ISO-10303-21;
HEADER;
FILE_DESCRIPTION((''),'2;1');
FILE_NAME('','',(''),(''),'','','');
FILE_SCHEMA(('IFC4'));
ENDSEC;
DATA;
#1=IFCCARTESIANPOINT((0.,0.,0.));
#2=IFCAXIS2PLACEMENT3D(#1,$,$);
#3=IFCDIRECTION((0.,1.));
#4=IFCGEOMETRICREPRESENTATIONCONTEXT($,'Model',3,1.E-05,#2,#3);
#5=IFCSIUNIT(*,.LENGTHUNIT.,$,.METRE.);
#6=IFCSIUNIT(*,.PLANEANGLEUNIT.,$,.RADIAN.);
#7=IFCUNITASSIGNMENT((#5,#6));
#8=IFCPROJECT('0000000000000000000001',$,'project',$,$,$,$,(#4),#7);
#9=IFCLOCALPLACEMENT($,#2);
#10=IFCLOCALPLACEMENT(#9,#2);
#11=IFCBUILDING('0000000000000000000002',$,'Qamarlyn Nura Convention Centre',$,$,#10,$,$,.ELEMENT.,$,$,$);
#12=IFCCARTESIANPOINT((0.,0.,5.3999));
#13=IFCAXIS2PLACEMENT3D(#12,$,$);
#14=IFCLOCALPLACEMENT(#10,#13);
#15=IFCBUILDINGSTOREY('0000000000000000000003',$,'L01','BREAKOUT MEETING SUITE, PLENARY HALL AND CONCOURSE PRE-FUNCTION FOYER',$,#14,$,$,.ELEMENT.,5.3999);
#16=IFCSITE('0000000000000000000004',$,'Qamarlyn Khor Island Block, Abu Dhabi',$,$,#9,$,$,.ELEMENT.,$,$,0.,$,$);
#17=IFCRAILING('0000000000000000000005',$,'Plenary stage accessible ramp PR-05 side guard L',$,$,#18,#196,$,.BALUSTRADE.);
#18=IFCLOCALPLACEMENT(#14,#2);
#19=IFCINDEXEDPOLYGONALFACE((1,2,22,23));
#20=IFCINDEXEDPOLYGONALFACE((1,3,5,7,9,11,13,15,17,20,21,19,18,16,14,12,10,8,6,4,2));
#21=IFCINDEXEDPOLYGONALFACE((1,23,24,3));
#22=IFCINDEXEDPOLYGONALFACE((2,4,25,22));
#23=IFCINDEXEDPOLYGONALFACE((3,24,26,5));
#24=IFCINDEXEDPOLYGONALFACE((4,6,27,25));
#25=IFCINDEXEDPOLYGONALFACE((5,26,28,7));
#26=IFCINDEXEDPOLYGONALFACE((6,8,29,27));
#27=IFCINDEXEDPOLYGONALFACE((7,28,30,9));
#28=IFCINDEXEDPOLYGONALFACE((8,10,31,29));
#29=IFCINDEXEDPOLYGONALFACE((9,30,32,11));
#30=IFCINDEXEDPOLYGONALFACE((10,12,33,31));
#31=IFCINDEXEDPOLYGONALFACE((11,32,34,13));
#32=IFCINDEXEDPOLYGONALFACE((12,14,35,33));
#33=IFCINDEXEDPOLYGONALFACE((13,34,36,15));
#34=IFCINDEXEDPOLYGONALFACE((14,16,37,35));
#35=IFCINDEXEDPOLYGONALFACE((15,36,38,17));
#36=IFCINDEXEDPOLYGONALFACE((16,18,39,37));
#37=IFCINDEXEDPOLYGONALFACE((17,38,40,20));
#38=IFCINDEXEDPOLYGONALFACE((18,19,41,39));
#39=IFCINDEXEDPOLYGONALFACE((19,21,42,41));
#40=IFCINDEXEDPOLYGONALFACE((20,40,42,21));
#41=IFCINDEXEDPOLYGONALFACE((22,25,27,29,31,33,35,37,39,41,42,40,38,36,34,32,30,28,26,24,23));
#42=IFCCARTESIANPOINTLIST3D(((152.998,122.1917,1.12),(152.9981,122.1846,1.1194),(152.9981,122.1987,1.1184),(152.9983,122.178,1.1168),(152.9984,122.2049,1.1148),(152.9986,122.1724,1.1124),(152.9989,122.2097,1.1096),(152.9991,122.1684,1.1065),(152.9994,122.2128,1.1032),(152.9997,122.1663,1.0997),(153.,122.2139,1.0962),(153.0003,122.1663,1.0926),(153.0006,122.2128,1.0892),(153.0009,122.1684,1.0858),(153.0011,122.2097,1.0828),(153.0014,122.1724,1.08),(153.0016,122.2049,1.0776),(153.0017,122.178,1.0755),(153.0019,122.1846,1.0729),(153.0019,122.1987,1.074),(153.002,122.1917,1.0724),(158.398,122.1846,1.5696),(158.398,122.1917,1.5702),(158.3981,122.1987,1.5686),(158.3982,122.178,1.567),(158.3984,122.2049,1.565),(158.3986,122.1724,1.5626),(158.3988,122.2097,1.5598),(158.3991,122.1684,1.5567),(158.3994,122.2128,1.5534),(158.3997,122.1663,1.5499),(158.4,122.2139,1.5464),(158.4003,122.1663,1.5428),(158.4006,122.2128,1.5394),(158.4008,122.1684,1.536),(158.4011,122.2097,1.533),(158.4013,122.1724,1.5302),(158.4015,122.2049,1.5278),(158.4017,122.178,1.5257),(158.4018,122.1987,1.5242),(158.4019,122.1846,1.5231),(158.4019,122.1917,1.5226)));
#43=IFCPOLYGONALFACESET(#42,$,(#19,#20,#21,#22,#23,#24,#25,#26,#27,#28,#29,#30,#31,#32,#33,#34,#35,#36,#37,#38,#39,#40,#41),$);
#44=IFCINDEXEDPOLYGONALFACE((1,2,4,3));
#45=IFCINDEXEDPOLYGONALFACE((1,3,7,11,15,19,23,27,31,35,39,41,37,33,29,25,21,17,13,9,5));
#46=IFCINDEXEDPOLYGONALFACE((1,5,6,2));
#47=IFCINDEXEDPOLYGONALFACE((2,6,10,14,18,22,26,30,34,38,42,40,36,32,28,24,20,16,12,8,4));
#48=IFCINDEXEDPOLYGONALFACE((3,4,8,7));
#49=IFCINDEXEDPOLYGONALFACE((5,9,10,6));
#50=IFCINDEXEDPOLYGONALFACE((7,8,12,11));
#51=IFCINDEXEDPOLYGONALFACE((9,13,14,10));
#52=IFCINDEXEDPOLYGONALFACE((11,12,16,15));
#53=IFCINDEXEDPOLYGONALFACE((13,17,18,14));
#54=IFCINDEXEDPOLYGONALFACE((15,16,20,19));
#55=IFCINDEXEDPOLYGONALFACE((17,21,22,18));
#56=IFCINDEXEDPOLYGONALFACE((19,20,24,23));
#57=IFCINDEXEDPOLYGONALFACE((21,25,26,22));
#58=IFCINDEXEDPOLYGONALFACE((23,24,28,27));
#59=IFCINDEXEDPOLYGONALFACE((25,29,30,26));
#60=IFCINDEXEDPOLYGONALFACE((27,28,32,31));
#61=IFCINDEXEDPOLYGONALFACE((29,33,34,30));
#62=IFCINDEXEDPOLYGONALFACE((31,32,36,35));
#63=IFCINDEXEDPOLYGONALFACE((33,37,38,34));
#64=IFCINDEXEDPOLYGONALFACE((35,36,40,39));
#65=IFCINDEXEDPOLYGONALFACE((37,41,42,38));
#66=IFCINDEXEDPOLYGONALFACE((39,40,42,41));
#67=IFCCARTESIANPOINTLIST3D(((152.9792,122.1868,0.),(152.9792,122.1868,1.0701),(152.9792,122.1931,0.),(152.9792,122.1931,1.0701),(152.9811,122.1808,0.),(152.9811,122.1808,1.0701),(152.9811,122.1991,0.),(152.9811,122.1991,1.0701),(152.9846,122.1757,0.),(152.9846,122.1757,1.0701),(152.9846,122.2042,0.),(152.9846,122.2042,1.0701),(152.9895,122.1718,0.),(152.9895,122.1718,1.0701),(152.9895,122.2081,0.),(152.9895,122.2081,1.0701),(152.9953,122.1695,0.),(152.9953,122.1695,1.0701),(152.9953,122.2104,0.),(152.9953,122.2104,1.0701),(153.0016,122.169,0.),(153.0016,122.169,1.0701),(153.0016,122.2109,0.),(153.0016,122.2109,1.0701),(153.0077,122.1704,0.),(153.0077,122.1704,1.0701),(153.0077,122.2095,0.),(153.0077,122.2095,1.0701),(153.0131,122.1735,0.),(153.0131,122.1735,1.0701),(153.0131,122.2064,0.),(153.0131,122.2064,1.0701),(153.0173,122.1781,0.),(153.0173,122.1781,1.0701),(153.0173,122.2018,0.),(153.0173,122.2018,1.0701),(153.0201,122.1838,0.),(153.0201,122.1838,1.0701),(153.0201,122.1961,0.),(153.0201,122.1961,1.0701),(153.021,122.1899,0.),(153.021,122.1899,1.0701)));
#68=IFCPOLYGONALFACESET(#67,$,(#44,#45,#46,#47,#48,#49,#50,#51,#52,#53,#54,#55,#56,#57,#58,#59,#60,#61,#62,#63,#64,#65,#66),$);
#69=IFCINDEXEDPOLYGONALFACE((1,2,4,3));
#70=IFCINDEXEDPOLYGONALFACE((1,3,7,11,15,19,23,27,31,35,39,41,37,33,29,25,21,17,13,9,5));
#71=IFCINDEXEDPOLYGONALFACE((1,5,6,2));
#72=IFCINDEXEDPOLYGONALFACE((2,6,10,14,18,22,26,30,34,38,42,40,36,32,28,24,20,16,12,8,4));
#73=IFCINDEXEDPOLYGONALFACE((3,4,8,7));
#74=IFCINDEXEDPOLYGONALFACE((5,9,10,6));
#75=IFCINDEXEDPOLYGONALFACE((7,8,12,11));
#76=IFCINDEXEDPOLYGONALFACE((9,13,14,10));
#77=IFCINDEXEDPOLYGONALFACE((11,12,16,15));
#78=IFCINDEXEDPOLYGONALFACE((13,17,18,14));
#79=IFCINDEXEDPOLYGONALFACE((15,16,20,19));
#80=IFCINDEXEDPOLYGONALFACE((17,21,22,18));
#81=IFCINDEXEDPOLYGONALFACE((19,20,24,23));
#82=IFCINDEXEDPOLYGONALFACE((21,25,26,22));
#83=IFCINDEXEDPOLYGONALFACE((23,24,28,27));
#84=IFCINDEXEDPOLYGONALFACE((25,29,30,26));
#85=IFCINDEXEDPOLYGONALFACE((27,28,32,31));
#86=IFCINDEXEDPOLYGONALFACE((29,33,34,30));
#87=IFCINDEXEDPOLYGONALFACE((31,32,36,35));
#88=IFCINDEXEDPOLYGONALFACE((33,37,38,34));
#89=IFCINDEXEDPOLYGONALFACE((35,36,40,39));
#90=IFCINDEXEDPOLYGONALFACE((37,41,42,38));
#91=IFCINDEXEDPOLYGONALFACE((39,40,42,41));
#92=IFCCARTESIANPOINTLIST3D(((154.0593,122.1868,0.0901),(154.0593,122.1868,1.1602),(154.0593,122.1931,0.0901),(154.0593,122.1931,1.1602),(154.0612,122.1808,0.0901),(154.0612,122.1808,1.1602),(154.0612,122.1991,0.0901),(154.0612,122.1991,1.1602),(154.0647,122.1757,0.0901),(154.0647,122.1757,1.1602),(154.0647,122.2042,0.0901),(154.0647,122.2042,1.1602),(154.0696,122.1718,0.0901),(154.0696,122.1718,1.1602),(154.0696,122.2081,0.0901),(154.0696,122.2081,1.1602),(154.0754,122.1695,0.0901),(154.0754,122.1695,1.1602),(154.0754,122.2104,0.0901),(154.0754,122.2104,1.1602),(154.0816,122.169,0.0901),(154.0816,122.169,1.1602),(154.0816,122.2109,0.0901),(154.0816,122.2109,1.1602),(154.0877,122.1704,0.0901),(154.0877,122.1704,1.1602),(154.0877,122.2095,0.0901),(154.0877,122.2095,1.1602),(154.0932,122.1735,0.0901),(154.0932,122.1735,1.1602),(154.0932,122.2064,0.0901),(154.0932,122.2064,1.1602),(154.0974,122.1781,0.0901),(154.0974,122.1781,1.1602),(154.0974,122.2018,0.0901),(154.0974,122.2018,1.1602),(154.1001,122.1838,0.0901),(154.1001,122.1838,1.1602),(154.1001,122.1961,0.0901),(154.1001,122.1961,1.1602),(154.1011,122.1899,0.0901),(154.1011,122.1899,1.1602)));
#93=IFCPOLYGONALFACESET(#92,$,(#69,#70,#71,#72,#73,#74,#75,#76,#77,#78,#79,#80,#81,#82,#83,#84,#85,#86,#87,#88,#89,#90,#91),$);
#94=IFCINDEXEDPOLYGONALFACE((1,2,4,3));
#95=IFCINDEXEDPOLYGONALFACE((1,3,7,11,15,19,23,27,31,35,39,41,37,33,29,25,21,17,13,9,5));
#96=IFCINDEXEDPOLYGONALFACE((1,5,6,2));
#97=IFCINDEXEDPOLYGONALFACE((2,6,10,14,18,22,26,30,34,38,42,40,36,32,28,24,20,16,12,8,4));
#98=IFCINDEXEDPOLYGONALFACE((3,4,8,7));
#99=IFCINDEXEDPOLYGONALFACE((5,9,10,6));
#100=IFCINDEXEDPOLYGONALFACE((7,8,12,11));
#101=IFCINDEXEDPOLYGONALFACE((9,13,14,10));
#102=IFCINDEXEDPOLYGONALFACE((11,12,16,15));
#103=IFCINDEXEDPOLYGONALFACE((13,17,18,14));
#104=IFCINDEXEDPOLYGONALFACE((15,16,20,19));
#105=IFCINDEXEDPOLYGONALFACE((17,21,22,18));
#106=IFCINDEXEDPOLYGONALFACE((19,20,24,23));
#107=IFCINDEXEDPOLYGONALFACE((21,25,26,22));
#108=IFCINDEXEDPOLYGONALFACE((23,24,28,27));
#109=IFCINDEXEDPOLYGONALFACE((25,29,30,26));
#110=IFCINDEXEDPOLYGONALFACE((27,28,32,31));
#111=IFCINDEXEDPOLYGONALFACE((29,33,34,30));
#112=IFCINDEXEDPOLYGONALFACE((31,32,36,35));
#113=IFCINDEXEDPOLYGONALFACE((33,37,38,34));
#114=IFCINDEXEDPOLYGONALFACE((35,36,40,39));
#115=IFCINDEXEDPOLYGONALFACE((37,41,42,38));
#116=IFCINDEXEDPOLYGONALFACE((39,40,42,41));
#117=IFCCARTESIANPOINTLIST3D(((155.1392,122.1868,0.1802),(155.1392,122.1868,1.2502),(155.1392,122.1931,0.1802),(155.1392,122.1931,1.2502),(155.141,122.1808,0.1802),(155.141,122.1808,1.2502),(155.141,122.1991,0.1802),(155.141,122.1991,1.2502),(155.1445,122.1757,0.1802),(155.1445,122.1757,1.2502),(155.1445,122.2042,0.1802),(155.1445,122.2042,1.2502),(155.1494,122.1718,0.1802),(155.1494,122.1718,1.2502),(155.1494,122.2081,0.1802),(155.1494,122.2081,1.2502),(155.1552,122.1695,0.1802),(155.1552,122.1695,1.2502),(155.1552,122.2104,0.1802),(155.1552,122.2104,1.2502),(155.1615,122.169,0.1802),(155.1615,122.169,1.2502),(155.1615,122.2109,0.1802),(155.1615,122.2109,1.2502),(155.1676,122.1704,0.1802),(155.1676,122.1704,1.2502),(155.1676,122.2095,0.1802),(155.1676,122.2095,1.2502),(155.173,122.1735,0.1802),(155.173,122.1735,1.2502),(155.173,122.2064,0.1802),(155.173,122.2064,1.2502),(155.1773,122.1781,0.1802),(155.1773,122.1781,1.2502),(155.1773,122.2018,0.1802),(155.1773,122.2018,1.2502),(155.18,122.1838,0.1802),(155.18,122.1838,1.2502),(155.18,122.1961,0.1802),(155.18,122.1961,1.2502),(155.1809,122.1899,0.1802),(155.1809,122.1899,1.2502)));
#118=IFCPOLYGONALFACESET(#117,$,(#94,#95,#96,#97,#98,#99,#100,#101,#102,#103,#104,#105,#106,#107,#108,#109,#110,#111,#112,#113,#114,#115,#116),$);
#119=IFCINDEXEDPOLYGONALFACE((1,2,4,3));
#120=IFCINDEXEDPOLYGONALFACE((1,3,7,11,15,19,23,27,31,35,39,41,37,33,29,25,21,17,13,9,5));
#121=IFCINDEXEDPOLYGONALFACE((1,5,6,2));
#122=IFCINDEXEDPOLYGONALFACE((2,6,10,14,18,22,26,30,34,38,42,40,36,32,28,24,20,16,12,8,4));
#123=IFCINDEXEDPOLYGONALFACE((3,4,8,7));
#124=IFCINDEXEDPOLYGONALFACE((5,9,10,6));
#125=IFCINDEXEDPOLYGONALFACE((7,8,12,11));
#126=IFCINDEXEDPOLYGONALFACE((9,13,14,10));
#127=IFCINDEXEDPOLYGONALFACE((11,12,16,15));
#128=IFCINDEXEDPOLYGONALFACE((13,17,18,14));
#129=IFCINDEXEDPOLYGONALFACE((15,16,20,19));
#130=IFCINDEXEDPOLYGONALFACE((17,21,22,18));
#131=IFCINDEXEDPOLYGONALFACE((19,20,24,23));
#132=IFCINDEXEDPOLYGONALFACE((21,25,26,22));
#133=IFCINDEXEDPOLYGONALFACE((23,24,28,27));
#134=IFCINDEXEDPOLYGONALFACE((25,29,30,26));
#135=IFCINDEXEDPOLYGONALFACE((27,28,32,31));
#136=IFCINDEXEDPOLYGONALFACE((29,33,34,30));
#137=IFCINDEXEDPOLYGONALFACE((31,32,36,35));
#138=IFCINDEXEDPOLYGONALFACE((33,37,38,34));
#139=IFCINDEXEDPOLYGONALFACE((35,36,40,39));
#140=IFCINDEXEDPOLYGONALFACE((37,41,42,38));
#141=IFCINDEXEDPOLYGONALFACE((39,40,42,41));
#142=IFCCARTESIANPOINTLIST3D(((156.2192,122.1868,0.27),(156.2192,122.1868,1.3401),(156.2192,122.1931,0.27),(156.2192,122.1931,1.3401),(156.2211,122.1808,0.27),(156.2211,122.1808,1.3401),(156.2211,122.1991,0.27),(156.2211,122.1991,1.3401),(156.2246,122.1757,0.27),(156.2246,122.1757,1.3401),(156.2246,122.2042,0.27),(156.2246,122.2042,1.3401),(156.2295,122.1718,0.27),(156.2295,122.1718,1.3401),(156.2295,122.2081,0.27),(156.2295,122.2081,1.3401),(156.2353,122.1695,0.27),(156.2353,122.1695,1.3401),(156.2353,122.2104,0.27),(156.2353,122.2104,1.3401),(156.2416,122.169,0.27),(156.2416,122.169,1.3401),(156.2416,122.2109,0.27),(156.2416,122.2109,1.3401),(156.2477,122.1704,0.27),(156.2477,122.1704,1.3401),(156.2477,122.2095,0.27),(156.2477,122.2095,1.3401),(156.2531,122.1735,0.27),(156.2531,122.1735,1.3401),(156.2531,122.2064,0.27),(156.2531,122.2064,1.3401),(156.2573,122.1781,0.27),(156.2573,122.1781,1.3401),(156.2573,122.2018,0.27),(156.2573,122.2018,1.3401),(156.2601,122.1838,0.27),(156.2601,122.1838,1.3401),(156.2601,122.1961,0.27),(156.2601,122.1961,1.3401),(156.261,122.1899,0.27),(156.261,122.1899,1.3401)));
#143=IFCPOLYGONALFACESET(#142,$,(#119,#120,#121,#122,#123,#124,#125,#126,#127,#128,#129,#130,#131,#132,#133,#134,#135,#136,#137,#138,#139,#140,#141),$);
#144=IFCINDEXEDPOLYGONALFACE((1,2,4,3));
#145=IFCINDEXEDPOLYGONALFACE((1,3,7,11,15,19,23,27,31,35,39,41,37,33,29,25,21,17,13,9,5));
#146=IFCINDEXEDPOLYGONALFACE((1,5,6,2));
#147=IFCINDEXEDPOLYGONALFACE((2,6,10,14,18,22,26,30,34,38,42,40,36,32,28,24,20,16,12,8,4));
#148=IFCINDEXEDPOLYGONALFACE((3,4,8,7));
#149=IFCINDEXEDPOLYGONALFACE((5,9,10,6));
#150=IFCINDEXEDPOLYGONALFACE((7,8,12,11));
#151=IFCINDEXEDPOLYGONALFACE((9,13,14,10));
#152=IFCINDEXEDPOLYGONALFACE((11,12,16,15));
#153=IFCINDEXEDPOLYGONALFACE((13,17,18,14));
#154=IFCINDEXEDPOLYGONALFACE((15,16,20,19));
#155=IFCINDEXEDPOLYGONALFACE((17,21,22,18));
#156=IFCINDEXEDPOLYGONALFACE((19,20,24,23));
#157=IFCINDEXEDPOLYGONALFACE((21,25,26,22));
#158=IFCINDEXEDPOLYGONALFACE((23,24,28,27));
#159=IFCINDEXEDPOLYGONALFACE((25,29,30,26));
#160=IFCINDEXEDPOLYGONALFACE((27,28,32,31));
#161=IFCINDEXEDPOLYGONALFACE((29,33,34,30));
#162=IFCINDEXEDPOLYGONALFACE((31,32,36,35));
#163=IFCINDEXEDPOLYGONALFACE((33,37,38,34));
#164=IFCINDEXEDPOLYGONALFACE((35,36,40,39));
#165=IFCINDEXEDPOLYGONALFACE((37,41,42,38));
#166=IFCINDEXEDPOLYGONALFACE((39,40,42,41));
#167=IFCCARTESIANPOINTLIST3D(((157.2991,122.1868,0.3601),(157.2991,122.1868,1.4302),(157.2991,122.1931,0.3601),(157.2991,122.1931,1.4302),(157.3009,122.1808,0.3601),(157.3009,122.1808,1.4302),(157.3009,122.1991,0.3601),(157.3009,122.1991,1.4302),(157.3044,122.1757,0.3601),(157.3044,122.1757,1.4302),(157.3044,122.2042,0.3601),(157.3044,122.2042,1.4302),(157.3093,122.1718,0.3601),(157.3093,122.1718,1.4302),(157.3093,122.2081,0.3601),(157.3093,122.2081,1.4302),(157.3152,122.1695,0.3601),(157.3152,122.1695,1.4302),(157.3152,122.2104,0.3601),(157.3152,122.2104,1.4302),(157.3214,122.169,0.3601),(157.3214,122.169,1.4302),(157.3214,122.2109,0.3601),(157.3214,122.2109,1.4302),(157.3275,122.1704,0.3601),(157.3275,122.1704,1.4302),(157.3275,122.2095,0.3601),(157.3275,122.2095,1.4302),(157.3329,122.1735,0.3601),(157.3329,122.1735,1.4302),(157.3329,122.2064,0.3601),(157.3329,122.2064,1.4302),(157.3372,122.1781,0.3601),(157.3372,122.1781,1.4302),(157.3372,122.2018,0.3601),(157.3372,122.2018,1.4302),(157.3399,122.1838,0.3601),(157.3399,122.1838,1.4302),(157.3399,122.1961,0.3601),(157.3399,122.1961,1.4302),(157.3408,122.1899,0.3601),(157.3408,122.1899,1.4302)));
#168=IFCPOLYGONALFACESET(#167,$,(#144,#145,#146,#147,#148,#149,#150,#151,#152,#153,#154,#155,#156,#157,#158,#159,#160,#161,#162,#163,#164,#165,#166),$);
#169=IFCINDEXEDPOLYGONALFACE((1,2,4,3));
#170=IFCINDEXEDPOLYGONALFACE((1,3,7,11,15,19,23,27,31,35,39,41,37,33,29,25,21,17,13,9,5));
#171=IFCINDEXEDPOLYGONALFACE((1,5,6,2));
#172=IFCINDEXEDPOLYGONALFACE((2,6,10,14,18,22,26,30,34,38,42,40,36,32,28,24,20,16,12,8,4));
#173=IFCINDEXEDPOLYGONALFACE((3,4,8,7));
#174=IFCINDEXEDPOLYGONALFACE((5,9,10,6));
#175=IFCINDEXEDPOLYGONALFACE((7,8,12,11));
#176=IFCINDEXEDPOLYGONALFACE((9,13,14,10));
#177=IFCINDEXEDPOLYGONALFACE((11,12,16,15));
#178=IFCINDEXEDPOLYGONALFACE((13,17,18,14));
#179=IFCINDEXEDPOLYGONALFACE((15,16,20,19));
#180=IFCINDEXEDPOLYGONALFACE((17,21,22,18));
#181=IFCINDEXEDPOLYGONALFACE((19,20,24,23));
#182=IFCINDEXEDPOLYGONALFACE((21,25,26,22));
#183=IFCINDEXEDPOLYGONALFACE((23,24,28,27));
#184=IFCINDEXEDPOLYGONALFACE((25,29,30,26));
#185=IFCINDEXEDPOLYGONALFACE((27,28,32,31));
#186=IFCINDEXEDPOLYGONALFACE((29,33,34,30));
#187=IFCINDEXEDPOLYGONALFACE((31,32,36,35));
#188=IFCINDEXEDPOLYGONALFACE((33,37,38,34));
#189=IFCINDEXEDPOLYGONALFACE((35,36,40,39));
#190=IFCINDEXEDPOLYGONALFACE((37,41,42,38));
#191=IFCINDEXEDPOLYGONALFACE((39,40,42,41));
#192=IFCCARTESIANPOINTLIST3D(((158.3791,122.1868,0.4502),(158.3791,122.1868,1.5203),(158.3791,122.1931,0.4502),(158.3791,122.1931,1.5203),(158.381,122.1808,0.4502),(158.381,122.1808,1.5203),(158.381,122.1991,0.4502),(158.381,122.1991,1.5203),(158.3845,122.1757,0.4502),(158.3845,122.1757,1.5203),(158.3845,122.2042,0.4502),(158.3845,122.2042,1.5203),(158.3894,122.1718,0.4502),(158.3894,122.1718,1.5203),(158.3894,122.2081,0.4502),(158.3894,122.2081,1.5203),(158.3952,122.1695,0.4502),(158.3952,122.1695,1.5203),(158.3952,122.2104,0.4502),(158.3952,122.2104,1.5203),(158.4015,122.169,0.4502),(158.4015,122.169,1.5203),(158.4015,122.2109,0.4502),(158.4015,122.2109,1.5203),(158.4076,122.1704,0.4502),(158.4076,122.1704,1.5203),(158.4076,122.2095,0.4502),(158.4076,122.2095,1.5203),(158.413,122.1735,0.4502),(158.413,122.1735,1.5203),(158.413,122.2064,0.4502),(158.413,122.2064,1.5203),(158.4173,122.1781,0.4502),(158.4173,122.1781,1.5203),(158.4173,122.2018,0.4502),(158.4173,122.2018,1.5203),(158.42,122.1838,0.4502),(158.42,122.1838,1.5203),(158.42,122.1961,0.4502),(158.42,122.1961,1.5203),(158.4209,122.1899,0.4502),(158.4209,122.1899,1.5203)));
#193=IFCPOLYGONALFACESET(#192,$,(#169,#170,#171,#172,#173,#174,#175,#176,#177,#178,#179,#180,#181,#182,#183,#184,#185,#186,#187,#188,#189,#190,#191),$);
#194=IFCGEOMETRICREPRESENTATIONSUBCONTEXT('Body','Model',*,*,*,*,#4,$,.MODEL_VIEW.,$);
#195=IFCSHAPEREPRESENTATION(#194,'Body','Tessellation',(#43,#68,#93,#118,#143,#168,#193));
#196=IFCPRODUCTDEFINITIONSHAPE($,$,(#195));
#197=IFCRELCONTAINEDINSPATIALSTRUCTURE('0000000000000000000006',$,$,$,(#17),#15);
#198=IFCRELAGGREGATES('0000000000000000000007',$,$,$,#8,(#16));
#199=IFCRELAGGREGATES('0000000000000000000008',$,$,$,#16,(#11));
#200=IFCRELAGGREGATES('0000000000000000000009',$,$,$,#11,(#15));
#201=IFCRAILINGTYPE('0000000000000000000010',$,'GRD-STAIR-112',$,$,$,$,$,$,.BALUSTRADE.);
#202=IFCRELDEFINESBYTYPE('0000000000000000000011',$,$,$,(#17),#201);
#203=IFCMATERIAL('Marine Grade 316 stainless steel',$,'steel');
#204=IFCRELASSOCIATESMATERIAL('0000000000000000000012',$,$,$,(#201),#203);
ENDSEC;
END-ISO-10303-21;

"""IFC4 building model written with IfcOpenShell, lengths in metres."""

from ifc_helpers import new_model, si_unit, direction, frame, origin, origin_2d, place, context, subcontext, project, spatial, circle, extrude, material, type_object, element, save


model = new_model("IFC4")

# Units and contexts
model_context = context("Model", 3, precision=1e-05, world=origin(), true_north=direction((0.0, 1.0)))
body_context = subcontext(model_context, "Body", "Model", "MODEL_VIEW")
ifc_project = project(units=[si_unit("LENGTHUNIT", "METRE"), si_unit("PLANEANGLEUNIT", "RADIAN")], contexts=[model_context])

# Site, building, storey
site_placement = place(None, origin())
site = spatial("IfcSite", under=ifc_project, at=site_placement, Name="Qamarlyn Khor Island Block, Abu Dhabi", CompositionType="ELEMENT", RefElevation=0.0)
building_placement = place(site_placement, origin())
building = spatial("IfcBuilding", under=site, at=building_placement, Name="Qamarlyn Nura Convention Centre", CompositionType="ELEMENT")
storey_placement = place(building_placement, frame((0.0, 0.0, 5.3999)))
storey = spatial("IfcBuildingStorey", under=building, at=storey_placement, Name="L01", Description="BREAKOUT MEETING SUITE, PLENARY HALL AND CONCOURSE PRE-FUNCTION FOYER", CompositionType="ELEMENT", Elevation=5.3999)

# Railing
ifc_material_1 = material(Name="Marine Grade 316 stainless steel", Category="steel")
railing_type_1 = type_object("IfcRailingType", Name="GRD-STAIR-112", PredefinedType="BALUSTRADE", material=ifc_material_1)
for number, where, name in (
    (1, (153.0, 122.1899, 0.0), "Plenary stage accessible ramp PR-05 side guard L"),
):
    element("IfcRailing", number, at=place(storey_placement, frame(where)), inside=storey, type_object=railing_type_1, Name=name, PredefinedType="BALUSTRADE", context=body_context, shape_type="SweptSolid", body=[
        extrude(circle(Radius=0.0239, at=origin_2d()), frame((0.0, 0.0, 1.0962), z_axis=(0.996543, 0.0, 0.083083), x_axis=(0.0, 1.0, 0.0)), (0.0, 0.0, 1.0), 5.4187),
        extrude(circle(Radius=0.021, at=origin_2d()), origin(), (0.0, 0.0, 1.0), 1.0701),
        extrude(circle(Radius=0.021, at=origin_2d()), frame((1.0801, 0.0, 0.0901)), (0.0, 0.0, 1.0), 1.0701),
        extrude(circle(Radius=0.021, at=origin_2d()), frame((2.1599, 0.0, 0.1802)), (0.0, 0.0, 1.0), 1.0701),
        extrude(circle(Radius=0.021, at=origin_2d()), frame((3.24, 0.0, 0.27)), (0.0, 0.0, 1.0), 1.0701),
        extrude(circle(Radius=0.021, at=origin_2d()), frame((4.3198, 0.0, 0.3601)), (0.0, 0.0, 1.0), 1.0701),
        extrude(circle(Radius=0.021, at=origin_2d()), frame((5.3999, 0.0, 0.4502)), (0.0, 0.0, 1.0), 1.0701),
    ])

save(model, "model.ifc")
